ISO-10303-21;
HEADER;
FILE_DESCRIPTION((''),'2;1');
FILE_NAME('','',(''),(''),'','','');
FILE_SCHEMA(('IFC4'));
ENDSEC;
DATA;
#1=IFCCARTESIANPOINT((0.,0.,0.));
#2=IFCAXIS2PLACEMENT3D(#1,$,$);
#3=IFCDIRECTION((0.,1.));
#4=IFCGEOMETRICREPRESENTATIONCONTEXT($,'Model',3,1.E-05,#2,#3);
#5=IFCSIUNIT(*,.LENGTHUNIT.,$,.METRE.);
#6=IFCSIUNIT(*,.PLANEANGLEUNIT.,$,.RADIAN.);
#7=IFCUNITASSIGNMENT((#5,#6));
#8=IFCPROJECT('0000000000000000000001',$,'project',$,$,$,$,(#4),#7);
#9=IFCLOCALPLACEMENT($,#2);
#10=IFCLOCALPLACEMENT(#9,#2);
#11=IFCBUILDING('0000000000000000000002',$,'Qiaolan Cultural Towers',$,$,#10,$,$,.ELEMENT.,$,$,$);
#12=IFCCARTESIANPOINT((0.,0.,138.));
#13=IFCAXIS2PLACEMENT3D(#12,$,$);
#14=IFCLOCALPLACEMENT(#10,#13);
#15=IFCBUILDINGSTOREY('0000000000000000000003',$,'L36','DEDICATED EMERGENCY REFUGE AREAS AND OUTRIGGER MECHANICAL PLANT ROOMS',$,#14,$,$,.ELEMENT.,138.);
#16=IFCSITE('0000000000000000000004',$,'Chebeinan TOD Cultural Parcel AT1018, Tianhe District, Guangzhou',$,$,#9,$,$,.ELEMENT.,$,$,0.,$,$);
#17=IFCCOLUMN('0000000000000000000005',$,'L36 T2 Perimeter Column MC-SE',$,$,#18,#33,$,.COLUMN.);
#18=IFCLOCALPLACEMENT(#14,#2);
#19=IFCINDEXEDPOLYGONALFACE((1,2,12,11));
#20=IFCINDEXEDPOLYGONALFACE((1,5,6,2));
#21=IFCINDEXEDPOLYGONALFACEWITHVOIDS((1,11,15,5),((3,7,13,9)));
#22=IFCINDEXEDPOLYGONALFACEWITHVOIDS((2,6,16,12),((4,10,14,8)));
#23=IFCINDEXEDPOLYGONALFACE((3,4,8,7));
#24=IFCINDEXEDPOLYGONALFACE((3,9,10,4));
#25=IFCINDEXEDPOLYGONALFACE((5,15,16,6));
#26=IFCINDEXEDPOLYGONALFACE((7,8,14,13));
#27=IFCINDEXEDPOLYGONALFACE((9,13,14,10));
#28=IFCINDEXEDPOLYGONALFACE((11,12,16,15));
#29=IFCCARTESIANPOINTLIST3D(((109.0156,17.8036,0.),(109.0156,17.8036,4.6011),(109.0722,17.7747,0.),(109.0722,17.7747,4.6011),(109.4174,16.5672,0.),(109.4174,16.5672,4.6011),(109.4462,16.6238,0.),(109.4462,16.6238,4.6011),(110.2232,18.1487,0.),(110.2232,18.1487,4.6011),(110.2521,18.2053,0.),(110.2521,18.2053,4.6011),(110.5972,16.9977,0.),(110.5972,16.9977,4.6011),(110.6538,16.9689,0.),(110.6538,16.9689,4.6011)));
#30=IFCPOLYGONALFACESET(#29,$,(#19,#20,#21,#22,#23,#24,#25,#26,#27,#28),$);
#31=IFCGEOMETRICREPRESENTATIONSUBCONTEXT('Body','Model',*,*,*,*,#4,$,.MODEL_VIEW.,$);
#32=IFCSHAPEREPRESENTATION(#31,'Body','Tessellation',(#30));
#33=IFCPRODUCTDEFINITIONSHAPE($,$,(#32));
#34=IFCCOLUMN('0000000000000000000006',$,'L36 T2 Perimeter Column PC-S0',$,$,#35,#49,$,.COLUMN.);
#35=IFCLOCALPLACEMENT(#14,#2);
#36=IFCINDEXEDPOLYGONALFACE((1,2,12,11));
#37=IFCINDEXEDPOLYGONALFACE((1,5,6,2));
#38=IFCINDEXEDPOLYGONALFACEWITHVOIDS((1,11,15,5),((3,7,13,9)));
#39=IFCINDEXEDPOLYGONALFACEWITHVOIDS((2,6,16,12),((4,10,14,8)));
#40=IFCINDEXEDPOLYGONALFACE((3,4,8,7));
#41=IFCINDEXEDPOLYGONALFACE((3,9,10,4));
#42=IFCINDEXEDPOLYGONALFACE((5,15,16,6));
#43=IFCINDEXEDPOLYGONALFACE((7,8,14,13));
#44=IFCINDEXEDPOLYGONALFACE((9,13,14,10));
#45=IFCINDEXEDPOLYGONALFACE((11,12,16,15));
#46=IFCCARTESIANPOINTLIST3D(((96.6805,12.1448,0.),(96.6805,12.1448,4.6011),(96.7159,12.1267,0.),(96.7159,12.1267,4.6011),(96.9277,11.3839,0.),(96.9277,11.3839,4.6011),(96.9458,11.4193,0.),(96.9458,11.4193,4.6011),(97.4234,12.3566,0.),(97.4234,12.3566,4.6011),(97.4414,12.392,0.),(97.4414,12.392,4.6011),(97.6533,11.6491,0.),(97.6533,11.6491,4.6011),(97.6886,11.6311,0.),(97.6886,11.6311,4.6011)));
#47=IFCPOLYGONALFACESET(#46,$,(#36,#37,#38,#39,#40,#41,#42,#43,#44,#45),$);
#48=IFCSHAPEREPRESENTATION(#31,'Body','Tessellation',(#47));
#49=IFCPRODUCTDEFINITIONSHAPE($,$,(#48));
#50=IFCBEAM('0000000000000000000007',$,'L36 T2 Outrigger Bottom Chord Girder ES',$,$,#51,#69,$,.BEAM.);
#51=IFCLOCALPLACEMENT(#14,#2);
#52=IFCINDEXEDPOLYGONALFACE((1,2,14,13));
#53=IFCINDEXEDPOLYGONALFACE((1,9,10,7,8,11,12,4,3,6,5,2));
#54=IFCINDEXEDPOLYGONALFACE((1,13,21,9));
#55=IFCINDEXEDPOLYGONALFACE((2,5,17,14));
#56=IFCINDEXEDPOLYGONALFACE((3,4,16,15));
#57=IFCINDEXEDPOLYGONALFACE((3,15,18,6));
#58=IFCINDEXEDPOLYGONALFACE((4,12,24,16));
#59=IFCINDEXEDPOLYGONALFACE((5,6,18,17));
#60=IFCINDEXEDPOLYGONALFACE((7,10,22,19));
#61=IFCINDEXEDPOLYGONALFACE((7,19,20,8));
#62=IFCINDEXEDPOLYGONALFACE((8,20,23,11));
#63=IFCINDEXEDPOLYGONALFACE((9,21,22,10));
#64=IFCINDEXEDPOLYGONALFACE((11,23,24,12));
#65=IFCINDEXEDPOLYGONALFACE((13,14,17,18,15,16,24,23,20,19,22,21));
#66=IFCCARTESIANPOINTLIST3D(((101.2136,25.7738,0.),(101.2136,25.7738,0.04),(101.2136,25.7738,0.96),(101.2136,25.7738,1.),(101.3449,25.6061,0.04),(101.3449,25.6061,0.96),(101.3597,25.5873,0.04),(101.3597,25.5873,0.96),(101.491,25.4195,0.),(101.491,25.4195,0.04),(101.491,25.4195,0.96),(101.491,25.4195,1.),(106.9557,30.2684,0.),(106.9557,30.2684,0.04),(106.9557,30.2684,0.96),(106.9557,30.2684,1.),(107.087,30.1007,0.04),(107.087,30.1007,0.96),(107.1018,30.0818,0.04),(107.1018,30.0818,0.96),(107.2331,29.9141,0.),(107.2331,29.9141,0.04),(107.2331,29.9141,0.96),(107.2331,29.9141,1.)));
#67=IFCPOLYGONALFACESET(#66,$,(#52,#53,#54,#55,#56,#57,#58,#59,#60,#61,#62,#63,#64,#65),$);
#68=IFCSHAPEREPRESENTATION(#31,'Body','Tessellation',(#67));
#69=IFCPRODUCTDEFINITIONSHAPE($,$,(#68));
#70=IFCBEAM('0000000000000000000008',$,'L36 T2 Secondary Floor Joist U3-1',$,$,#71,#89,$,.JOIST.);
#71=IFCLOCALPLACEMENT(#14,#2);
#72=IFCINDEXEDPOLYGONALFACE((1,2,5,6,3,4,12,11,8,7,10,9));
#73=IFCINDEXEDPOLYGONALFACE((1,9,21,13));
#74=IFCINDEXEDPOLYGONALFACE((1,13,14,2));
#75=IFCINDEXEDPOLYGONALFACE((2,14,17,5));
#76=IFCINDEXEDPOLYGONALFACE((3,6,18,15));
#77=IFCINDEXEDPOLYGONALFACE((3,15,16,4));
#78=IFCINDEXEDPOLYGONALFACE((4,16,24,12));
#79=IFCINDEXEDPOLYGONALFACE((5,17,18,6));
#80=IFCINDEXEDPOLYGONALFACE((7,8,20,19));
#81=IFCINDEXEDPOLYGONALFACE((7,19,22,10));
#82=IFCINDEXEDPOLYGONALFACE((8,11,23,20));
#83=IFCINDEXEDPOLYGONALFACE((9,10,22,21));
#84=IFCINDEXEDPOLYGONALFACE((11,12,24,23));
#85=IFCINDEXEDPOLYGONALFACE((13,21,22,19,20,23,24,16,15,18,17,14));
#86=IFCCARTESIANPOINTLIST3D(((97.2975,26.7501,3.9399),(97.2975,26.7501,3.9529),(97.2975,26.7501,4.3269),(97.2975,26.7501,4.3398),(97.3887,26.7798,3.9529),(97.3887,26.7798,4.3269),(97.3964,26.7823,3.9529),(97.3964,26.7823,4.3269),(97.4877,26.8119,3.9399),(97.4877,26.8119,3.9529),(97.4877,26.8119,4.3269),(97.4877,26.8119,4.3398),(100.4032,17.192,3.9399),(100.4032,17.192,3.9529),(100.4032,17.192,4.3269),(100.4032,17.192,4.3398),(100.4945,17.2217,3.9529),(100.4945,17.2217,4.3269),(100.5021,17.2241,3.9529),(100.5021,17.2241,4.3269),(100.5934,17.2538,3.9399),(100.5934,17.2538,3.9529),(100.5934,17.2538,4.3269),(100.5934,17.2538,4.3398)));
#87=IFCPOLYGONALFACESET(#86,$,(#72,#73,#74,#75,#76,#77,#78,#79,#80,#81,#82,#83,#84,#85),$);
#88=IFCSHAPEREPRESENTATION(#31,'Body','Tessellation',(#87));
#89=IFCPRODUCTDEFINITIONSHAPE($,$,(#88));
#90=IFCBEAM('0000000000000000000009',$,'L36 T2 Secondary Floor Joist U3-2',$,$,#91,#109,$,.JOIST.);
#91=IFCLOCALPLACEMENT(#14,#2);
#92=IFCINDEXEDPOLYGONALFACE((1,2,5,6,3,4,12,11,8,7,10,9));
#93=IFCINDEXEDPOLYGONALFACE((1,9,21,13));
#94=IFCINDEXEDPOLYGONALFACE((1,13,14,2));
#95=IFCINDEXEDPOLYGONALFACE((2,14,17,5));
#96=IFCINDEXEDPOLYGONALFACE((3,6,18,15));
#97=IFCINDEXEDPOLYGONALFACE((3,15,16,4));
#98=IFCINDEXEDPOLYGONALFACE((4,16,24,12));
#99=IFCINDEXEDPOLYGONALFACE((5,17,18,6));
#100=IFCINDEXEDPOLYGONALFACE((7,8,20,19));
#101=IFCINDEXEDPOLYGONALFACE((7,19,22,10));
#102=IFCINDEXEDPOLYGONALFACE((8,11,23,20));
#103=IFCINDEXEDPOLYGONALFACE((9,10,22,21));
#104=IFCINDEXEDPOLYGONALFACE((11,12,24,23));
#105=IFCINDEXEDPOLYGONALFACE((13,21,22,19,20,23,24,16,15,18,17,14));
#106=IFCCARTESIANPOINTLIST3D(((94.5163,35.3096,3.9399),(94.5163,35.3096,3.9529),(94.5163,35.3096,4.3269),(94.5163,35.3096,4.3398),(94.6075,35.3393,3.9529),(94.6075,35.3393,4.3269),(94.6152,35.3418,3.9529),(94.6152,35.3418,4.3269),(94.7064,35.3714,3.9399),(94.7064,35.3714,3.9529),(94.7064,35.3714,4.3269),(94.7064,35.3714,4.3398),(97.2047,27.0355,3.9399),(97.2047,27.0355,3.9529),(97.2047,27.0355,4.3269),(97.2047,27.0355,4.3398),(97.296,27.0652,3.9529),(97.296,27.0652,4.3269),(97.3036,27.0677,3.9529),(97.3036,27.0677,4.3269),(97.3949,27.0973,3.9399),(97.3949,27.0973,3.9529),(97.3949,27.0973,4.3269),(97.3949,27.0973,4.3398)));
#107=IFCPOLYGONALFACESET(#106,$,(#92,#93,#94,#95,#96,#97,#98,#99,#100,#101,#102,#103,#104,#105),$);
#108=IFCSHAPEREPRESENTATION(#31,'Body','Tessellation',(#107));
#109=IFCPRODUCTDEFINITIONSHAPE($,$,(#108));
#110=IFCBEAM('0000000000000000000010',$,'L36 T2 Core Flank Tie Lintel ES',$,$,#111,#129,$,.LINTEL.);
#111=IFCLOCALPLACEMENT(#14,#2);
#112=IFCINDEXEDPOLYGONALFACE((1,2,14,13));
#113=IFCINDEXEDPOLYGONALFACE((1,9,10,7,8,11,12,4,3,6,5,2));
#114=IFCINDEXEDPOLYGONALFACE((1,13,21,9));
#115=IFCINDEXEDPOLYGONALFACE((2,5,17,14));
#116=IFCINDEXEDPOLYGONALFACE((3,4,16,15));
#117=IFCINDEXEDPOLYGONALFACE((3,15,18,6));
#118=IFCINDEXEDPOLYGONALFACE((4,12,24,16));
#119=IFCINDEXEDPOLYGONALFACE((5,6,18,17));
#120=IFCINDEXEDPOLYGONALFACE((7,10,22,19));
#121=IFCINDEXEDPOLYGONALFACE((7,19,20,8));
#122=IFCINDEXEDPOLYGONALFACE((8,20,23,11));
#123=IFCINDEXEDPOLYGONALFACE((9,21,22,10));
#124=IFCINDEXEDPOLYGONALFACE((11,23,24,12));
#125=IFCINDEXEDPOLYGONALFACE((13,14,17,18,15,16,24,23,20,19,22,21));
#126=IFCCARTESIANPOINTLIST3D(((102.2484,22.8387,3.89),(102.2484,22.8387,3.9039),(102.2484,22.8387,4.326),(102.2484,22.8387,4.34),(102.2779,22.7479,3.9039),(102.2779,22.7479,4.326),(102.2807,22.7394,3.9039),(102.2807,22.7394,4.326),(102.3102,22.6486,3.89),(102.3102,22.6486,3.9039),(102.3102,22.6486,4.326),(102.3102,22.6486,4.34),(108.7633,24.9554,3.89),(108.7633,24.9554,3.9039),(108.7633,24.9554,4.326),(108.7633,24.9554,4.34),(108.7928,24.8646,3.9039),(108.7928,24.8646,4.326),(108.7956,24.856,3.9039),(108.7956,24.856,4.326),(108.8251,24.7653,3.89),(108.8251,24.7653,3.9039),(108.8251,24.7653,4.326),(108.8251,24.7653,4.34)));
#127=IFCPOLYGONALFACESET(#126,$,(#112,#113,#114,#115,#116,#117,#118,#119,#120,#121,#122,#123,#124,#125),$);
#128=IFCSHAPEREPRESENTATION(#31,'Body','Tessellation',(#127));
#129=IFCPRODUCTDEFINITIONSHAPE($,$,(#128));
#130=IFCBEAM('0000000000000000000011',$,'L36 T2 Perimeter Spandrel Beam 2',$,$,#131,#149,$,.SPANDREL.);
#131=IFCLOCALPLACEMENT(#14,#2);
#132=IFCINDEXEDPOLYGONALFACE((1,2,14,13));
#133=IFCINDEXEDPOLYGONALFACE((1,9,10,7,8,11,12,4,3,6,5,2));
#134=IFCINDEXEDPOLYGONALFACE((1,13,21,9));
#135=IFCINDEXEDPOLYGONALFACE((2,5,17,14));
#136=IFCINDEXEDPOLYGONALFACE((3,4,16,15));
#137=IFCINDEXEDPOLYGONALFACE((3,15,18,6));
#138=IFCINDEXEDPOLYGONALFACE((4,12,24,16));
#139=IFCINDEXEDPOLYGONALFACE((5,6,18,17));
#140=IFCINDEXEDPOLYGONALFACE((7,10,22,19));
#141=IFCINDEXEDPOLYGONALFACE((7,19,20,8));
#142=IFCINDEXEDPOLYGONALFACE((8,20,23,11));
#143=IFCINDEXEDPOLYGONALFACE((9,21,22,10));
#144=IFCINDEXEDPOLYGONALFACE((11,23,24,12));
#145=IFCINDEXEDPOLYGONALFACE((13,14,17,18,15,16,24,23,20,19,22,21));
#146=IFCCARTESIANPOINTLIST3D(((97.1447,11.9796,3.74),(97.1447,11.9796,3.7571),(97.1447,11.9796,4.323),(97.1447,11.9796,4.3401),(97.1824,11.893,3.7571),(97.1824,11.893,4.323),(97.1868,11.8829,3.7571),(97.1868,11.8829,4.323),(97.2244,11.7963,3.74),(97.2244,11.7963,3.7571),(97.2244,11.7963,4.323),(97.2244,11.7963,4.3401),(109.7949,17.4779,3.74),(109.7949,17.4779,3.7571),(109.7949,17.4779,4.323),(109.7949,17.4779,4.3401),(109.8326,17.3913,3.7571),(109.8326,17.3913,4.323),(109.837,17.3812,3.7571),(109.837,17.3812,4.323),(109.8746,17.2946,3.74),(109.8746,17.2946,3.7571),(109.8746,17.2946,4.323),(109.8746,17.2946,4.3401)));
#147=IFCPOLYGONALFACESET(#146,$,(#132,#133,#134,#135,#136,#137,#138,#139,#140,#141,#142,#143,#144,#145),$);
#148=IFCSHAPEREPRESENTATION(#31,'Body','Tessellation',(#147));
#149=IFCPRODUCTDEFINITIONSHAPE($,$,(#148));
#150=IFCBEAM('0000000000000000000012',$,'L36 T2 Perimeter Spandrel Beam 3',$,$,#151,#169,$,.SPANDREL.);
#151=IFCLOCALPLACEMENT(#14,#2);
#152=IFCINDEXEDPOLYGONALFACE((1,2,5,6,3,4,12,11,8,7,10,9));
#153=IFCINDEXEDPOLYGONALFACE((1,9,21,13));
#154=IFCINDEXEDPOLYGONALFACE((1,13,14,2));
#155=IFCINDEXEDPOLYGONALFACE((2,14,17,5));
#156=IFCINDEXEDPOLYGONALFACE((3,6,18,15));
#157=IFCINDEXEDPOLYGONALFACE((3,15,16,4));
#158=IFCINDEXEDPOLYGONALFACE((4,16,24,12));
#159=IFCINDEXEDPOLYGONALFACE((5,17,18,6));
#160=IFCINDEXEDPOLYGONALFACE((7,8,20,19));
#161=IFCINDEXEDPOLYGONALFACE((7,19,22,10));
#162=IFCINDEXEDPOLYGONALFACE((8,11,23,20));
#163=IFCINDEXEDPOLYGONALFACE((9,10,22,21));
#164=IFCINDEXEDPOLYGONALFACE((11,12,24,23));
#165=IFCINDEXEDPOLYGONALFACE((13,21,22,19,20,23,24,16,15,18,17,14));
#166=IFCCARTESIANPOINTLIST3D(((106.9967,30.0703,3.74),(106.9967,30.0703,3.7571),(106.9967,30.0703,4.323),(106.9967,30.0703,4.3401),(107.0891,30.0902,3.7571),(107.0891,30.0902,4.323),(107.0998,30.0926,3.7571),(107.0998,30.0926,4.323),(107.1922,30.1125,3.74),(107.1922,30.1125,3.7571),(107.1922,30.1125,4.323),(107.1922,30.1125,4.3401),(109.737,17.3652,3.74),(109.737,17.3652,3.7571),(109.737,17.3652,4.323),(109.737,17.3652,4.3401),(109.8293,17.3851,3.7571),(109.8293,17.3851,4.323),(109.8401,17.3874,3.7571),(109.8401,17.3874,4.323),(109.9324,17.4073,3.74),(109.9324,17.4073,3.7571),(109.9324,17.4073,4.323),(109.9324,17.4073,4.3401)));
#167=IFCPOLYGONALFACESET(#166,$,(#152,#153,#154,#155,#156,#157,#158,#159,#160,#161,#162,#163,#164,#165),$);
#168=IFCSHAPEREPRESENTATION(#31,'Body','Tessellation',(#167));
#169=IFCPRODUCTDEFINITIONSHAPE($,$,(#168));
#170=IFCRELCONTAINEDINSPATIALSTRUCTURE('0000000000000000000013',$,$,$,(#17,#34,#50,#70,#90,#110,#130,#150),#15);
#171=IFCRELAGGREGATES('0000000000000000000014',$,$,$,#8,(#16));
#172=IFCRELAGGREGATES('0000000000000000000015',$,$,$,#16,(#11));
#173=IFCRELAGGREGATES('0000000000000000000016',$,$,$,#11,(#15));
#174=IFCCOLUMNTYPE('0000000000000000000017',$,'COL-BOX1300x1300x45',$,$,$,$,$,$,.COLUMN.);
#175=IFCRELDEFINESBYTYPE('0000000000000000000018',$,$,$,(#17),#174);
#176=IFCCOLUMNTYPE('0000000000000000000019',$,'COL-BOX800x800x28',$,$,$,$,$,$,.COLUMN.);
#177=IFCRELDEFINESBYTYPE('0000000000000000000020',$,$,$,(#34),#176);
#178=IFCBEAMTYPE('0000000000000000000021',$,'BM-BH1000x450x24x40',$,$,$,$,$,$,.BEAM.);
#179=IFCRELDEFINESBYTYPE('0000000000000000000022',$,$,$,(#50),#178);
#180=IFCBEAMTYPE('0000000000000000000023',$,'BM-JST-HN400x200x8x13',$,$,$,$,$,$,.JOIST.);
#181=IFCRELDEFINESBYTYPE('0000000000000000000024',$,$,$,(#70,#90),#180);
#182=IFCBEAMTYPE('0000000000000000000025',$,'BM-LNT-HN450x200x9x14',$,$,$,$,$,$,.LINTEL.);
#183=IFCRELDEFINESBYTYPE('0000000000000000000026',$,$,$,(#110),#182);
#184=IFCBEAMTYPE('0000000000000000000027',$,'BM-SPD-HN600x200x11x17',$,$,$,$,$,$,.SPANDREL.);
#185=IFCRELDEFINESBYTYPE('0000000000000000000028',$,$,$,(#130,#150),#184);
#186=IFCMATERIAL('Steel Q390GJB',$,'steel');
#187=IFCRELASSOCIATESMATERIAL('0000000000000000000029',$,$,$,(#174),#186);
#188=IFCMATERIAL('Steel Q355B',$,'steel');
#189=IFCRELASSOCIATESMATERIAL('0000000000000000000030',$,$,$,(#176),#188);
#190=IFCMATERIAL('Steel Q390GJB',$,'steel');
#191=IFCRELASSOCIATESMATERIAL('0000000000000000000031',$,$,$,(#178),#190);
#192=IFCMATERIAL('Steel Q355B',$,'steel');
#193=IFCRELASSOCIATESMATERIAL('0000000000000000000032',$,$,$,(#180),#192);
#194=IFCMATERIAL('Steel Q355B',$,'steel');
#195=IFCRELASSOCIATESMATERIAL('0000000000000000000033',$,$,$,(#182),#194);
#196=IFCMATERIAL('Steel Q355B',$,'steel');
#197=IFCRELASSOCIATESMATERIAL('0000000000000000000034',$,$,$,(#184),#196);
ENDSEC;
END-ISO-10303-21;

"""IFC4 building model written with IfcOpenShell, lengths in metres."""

from ifc_helpers import new_model, si_unit, direction, frame, origin, origin_2d, place, context, subcontext, project, spatial, hollow_rectangle, i_section, extrude, material, material_profile, profile_set, type_object, element, save


model = new_model("IFC4")

# Units and contexts
model_context = context("Model", 3, precision=1e-05, world=origin(), true_north=direction((0.0, 1.0)))
body_context = subcontext(model_context, "Body", "Model", "MODEL_VIEW")
ifc_project = project(units=[si_unit("LENGTHUNIT", "METRE"), si_unit("PLANEANGLEUNIT", "RADIAN")], contexts=[model_context])

# Site, building, storey
site_placement = place(None, origin())
site = spatial("IfcSite", under=ifc_project, at=site_placement, Name="Chebeinan TOD Cultural Parcel AT1018, Tianhe District, Guangzhou", CompositionType="ELEMENT", RefElevation=0.0)
building_placement = place(site_placement, origin())
building = spatial("IfcBuilding", under=site, at=building_placement, Name="Qiaolan Cultural Towers", CompositionType="ELEMENT")
storey_placement = place(building_placement, frame((0.0, 0.0, 138.0)))
storey = spatial("IfcBuildingStorey", under=building, at=storey_placement, Name="L36", Description="DEDICATED EMERGENCY REFUGE AREAS AND OUTRIGGER MECHANICAL PLANT ROOMS", CompositionType="ELEMENT", Elevation=138.0)

# Columns
ifc_material_1 = material(Name="Steel Q390GJB", Category="steel")
ifc_material_profile_1 = material_profile(ifc_material_1, hollow_rectangle(XDim=1.3, YDim=1.3, WallThickness=0.0449, at=origin_2d()), Name="BOX1300x1300x45")
ifc_profile_set_1 = profile_set([ifc_material_profile_1], Name="Steel Q390GJB")
column_type_1 = type_object("IfcColumnType", Name="COL-BOX1300x1300x45", PredefinedType="COLUMN", material=ifc_profile_set_1)
column_1_placement = place(storey_placement, frame((109.8347, 17.3862, 0.0), z_axis=(0.0, 0.0, 1.0), x_axis=(0.951057, 0.309017, 0.0)))
element("IfcColumn", 1, at=column_1_placement, inside=storey, type_object=column_type_1, Name="L36 T2 Perimeter Column MC-SE", PredefinedType="COLUMN", context=body_context, shape_type="SweptSolid", body=[
    extrude(hollow_rectangle(XDim=1.3, YDim=1.3, WallThickness=0.0449, at=origin_2d()), origin(), (0.0, 0.0, 1.0), 4.6011),
])
ifc_material_2 = material(Name="Steel Q355B", Category="steel")
ifc_material_profile_2 = material_profile(ifc_material_2, hollow_rectangle(XDim=0.8, YDim=0.8, WallThickness=0.0281, at=origin_2d()), Name="BOX800x800x28")
ifc_profile_set_2 = profile_set([ifc_material_profile_2], Name="Steel Q355B")
column_type_2 = type_object("IfcColumnType", Name="COL-BOX800x800x28", PredefinedType="COLUMN", material=ifc_profile_set_2)
column_2_placement = place(storey_placement, frame((97.1846, 11.8879, 0.0), z_axis=(0.0, 0.0, 1.0), x_axis=(0.951057, 0.309017, 0.0)))
element("IfcColumn", 2, at=column_2_placement, inside=storey, type_object=column_type_2, Name="L36 T2 Perimeter Column PC-S0", PredefinedType="COLUMN", context=body_context, shape_type="SweptSolid", body=[
    extrude(hollow_rectangle(XDim=0.8, YDim=0.8, WallThickness=0.0281, at=origin_2d()), origin(), (0.0, 0.0, 1.0), 4.6011),
])

# Beams
ifc_material_3 = material(Name="Steel Q390GJB", Category="steel")
ifc_material_profile_3 = material_profile(ifc_material_3, i_section(OverallWidth=0.45, OverallDepth=1.0, WebThickness=0.0239, FlangeThickness=0.04, at=origin_2d()), Name="BH1000x450x24x40")
ifc_profile_set_3 = profile_set([ifc_material_profile_3], Name="Steel Q390GJB")
beam_type_1 = type_object("IfcBeamType", Name="BM-BH1000x450x24x40", PredefinedType="BEAM", material=ifc_profile_set_3)
beam_1_placement = place(storey_placement, frame((101.3523, 25.5967, 0.5), z_axis=(0.787456, 0.616371, 0.0), x_axis=(-0.616371, 0.787456, 0.0)))
element("IfcBeam", 3, at=beam_1_placement, inside=storey, type_object=beam_type_1, Name="L36 T2 Outrigger Bottom Chord Girder ES", PredefinedType="BEAM", context=body_context, shape_type="SweptSolid", body=[
    extrude(i_section(OverallWidth=0.45, OverallDepth=1.0, WebThickness=0.0239, FlangeThickness=0.04, at=origin_2d()), origin(), (0.0, 0.0, 1.0), 7.292),
])
ifc_material_4 = material(Name="Steel Q355B", Category="steel")
ifc_material_profile_4 = material_profile(ifc_material_4, i_section(OverallWidth=0.2, OverallDepth=0.3999, WebThickness=0.0081, FlangeThickness=0.0129, at=origin_2d()), Name="HN400x200x8x13")
ifc_profile_set_4 = profile_set([ifc_material_profile_4], Name="Steel Q355B")
beam_type_2 = type_object("IfcBeamType", Name="BM-JST-HN400x200x8x13", PredefinedType="JOIST", material=ifc_profile_set_4)
beam_2_placement = place(storey_placement, frame((100.4983, 17.2229, 4.1399), z_axis=(-0.309026, 0.951054, 0.0), x_axis=(-0.951054, -0.309026, 0.0)))
element("IfcBeam", 4, at=beam_2_placement, inside=storey, type_object=beam_type_2, Name="L36 T2 Secondary Floor Joist U3-1", PredefinedType="JOIST", context=body_context, shape_type="SweptSolid", body=[
    extrude(i_section(OverallWidth=0.2, OverallDepth=0.3999, WebThickness=0.0081, FlangeThickness=0.0129, at=origin_2d()), origin(), (0.0, 0.0, 1.0), 10.05),
])
beam_3_placement = place(storey_placement, frame((97.2998, 27.0664, 4.1399), z_axis=(-0.309021, 0.951055, 0.0), x_axis=(-0.951055, -0.309021, 0.0)))
element("IfcBeam", 5, at=beam_3_placement, inside=storey, type_object=beam_type_2, Name="L36 T2 Secondary Floor Joist U3-2", PredefinedType="JOIST", context=body_context, shape_type="SweptSolid", body=[
    extrude(i_section(OverallWidth=0.2, OverallDepth=0.3999, WebThickness=0.0081, FlangeThickness=0.0129, at=origin_2d()), origin(), (0.0, 0.0, 1.0), 8.7),
])
ifc_material_5 = material(Name="Steel Q355B", Category="steel")
ifc_material_profile_5 = material_profile(ifc_material_5, i_section(OverallWidth=0.2, OverallDepth=0.45, WebThickness=0.009, FlangeThickness=0.0139, at=origin_2d()), Name="HN450x200x9x14")
ifc_profile_set_5 = profile_set([ifc_material_profile_5], Name="Steel Q355B")
beam_type_3 = type_object("IfcBeamType", Name="BM-LNT-HN450x200x9x14", PredefinedType="LINTEL", material=ifc_profile_set_5)
beam_4_placement = place(storey_placement, frame((102.2793, 22.7437, 4.115), z_axis=(0.951062, 0.309001, 0.0), x_axis=(-0.309001, 0.951062, 0.0)))
element("IfcBeam", 6, at=beam_4_placement, inside=storey, type_object=beam_type_3, Name="L36 T2 Core Flank Tie Lintel ES", PredefinedType="LINTEL", context=body_context, shape_type="SweptSolid", body=[
    extrude(i_section(OverallWidth=0.2, OverallDepth=0.45, WebThickness=0.009, FlangeThickness=0.0139, at=origin_2d()), origin(), (0.0, 0.0, 1.0), 6.8501),
])
ifc_material_6 = material(Name="Steel Q355B", Category="steel")
ifc_material_profile_6 = material_profile(ifc_material_6, i_section(OverallWidth=0.2, OverallDepth=0.6001, WebThickness=0.011, FlangeThickness=0.0171, at=origin_2d()), Name="HN600x200x11x17")
ifc_profile_set_6 = profile_set([ifc_material_profile_6], Name="Steel Q355B")
beam_type_4 = type_object("IfcBeamType", Name="BM-SPD-HN600x200x11x17", PredefinedType="SPANDREL", material=ifc_profile_set_6)
beam_5_placement = place(storey_placement, frame((97.1846, 11.8879, 4.04), z_axis=(0.917117, 0.398618, 0.0), x_axis=(-0.398618, 0.917117, 0.0)))
element("IfcBeam", 7, at=beam_5_placement, inside=storey, type_object=beam_type_4, Name="L36 T2 Perimeter Spandrel Beam 2", PredefinedType="SPANDREL", context=body_context, shape_type="SweptSolid", body=[
    extrude(i_section(OverallWidth=0.2, OverallDepth=0.6001, WebThickness=0.011, FlangeThickness=0.0171, at=origin_2d()), origin(), (0.0, 0.0, 1.0), 13.7935),
])
beam_6_placement = place(storey_placement, frame((109.8347, 17.3862, 4.04), z_axis=(-0.210832, 0.977522, 0.0), x_axis=(-0.977522, -0.210832, 0.0)))
element("IfcBeam", 8, at=beam_6_placement, inside=storey, type_object=beam_type_4, Name="L36 T2 Perimeter Spandrel Beam 3", PredefinedType="SPANDREL", context=body_context, shape_type="SweptSolid", body=[
    extrude(i_section(OverallWidth=0.2, OverallDepth=0.6001, WebThickness=0.011, FlangeThickness=0.0171, at=origin_2d()), origin(), (0.0, 0.0, 1.0), 12.9973),
])

save(model, "model.ifc")
